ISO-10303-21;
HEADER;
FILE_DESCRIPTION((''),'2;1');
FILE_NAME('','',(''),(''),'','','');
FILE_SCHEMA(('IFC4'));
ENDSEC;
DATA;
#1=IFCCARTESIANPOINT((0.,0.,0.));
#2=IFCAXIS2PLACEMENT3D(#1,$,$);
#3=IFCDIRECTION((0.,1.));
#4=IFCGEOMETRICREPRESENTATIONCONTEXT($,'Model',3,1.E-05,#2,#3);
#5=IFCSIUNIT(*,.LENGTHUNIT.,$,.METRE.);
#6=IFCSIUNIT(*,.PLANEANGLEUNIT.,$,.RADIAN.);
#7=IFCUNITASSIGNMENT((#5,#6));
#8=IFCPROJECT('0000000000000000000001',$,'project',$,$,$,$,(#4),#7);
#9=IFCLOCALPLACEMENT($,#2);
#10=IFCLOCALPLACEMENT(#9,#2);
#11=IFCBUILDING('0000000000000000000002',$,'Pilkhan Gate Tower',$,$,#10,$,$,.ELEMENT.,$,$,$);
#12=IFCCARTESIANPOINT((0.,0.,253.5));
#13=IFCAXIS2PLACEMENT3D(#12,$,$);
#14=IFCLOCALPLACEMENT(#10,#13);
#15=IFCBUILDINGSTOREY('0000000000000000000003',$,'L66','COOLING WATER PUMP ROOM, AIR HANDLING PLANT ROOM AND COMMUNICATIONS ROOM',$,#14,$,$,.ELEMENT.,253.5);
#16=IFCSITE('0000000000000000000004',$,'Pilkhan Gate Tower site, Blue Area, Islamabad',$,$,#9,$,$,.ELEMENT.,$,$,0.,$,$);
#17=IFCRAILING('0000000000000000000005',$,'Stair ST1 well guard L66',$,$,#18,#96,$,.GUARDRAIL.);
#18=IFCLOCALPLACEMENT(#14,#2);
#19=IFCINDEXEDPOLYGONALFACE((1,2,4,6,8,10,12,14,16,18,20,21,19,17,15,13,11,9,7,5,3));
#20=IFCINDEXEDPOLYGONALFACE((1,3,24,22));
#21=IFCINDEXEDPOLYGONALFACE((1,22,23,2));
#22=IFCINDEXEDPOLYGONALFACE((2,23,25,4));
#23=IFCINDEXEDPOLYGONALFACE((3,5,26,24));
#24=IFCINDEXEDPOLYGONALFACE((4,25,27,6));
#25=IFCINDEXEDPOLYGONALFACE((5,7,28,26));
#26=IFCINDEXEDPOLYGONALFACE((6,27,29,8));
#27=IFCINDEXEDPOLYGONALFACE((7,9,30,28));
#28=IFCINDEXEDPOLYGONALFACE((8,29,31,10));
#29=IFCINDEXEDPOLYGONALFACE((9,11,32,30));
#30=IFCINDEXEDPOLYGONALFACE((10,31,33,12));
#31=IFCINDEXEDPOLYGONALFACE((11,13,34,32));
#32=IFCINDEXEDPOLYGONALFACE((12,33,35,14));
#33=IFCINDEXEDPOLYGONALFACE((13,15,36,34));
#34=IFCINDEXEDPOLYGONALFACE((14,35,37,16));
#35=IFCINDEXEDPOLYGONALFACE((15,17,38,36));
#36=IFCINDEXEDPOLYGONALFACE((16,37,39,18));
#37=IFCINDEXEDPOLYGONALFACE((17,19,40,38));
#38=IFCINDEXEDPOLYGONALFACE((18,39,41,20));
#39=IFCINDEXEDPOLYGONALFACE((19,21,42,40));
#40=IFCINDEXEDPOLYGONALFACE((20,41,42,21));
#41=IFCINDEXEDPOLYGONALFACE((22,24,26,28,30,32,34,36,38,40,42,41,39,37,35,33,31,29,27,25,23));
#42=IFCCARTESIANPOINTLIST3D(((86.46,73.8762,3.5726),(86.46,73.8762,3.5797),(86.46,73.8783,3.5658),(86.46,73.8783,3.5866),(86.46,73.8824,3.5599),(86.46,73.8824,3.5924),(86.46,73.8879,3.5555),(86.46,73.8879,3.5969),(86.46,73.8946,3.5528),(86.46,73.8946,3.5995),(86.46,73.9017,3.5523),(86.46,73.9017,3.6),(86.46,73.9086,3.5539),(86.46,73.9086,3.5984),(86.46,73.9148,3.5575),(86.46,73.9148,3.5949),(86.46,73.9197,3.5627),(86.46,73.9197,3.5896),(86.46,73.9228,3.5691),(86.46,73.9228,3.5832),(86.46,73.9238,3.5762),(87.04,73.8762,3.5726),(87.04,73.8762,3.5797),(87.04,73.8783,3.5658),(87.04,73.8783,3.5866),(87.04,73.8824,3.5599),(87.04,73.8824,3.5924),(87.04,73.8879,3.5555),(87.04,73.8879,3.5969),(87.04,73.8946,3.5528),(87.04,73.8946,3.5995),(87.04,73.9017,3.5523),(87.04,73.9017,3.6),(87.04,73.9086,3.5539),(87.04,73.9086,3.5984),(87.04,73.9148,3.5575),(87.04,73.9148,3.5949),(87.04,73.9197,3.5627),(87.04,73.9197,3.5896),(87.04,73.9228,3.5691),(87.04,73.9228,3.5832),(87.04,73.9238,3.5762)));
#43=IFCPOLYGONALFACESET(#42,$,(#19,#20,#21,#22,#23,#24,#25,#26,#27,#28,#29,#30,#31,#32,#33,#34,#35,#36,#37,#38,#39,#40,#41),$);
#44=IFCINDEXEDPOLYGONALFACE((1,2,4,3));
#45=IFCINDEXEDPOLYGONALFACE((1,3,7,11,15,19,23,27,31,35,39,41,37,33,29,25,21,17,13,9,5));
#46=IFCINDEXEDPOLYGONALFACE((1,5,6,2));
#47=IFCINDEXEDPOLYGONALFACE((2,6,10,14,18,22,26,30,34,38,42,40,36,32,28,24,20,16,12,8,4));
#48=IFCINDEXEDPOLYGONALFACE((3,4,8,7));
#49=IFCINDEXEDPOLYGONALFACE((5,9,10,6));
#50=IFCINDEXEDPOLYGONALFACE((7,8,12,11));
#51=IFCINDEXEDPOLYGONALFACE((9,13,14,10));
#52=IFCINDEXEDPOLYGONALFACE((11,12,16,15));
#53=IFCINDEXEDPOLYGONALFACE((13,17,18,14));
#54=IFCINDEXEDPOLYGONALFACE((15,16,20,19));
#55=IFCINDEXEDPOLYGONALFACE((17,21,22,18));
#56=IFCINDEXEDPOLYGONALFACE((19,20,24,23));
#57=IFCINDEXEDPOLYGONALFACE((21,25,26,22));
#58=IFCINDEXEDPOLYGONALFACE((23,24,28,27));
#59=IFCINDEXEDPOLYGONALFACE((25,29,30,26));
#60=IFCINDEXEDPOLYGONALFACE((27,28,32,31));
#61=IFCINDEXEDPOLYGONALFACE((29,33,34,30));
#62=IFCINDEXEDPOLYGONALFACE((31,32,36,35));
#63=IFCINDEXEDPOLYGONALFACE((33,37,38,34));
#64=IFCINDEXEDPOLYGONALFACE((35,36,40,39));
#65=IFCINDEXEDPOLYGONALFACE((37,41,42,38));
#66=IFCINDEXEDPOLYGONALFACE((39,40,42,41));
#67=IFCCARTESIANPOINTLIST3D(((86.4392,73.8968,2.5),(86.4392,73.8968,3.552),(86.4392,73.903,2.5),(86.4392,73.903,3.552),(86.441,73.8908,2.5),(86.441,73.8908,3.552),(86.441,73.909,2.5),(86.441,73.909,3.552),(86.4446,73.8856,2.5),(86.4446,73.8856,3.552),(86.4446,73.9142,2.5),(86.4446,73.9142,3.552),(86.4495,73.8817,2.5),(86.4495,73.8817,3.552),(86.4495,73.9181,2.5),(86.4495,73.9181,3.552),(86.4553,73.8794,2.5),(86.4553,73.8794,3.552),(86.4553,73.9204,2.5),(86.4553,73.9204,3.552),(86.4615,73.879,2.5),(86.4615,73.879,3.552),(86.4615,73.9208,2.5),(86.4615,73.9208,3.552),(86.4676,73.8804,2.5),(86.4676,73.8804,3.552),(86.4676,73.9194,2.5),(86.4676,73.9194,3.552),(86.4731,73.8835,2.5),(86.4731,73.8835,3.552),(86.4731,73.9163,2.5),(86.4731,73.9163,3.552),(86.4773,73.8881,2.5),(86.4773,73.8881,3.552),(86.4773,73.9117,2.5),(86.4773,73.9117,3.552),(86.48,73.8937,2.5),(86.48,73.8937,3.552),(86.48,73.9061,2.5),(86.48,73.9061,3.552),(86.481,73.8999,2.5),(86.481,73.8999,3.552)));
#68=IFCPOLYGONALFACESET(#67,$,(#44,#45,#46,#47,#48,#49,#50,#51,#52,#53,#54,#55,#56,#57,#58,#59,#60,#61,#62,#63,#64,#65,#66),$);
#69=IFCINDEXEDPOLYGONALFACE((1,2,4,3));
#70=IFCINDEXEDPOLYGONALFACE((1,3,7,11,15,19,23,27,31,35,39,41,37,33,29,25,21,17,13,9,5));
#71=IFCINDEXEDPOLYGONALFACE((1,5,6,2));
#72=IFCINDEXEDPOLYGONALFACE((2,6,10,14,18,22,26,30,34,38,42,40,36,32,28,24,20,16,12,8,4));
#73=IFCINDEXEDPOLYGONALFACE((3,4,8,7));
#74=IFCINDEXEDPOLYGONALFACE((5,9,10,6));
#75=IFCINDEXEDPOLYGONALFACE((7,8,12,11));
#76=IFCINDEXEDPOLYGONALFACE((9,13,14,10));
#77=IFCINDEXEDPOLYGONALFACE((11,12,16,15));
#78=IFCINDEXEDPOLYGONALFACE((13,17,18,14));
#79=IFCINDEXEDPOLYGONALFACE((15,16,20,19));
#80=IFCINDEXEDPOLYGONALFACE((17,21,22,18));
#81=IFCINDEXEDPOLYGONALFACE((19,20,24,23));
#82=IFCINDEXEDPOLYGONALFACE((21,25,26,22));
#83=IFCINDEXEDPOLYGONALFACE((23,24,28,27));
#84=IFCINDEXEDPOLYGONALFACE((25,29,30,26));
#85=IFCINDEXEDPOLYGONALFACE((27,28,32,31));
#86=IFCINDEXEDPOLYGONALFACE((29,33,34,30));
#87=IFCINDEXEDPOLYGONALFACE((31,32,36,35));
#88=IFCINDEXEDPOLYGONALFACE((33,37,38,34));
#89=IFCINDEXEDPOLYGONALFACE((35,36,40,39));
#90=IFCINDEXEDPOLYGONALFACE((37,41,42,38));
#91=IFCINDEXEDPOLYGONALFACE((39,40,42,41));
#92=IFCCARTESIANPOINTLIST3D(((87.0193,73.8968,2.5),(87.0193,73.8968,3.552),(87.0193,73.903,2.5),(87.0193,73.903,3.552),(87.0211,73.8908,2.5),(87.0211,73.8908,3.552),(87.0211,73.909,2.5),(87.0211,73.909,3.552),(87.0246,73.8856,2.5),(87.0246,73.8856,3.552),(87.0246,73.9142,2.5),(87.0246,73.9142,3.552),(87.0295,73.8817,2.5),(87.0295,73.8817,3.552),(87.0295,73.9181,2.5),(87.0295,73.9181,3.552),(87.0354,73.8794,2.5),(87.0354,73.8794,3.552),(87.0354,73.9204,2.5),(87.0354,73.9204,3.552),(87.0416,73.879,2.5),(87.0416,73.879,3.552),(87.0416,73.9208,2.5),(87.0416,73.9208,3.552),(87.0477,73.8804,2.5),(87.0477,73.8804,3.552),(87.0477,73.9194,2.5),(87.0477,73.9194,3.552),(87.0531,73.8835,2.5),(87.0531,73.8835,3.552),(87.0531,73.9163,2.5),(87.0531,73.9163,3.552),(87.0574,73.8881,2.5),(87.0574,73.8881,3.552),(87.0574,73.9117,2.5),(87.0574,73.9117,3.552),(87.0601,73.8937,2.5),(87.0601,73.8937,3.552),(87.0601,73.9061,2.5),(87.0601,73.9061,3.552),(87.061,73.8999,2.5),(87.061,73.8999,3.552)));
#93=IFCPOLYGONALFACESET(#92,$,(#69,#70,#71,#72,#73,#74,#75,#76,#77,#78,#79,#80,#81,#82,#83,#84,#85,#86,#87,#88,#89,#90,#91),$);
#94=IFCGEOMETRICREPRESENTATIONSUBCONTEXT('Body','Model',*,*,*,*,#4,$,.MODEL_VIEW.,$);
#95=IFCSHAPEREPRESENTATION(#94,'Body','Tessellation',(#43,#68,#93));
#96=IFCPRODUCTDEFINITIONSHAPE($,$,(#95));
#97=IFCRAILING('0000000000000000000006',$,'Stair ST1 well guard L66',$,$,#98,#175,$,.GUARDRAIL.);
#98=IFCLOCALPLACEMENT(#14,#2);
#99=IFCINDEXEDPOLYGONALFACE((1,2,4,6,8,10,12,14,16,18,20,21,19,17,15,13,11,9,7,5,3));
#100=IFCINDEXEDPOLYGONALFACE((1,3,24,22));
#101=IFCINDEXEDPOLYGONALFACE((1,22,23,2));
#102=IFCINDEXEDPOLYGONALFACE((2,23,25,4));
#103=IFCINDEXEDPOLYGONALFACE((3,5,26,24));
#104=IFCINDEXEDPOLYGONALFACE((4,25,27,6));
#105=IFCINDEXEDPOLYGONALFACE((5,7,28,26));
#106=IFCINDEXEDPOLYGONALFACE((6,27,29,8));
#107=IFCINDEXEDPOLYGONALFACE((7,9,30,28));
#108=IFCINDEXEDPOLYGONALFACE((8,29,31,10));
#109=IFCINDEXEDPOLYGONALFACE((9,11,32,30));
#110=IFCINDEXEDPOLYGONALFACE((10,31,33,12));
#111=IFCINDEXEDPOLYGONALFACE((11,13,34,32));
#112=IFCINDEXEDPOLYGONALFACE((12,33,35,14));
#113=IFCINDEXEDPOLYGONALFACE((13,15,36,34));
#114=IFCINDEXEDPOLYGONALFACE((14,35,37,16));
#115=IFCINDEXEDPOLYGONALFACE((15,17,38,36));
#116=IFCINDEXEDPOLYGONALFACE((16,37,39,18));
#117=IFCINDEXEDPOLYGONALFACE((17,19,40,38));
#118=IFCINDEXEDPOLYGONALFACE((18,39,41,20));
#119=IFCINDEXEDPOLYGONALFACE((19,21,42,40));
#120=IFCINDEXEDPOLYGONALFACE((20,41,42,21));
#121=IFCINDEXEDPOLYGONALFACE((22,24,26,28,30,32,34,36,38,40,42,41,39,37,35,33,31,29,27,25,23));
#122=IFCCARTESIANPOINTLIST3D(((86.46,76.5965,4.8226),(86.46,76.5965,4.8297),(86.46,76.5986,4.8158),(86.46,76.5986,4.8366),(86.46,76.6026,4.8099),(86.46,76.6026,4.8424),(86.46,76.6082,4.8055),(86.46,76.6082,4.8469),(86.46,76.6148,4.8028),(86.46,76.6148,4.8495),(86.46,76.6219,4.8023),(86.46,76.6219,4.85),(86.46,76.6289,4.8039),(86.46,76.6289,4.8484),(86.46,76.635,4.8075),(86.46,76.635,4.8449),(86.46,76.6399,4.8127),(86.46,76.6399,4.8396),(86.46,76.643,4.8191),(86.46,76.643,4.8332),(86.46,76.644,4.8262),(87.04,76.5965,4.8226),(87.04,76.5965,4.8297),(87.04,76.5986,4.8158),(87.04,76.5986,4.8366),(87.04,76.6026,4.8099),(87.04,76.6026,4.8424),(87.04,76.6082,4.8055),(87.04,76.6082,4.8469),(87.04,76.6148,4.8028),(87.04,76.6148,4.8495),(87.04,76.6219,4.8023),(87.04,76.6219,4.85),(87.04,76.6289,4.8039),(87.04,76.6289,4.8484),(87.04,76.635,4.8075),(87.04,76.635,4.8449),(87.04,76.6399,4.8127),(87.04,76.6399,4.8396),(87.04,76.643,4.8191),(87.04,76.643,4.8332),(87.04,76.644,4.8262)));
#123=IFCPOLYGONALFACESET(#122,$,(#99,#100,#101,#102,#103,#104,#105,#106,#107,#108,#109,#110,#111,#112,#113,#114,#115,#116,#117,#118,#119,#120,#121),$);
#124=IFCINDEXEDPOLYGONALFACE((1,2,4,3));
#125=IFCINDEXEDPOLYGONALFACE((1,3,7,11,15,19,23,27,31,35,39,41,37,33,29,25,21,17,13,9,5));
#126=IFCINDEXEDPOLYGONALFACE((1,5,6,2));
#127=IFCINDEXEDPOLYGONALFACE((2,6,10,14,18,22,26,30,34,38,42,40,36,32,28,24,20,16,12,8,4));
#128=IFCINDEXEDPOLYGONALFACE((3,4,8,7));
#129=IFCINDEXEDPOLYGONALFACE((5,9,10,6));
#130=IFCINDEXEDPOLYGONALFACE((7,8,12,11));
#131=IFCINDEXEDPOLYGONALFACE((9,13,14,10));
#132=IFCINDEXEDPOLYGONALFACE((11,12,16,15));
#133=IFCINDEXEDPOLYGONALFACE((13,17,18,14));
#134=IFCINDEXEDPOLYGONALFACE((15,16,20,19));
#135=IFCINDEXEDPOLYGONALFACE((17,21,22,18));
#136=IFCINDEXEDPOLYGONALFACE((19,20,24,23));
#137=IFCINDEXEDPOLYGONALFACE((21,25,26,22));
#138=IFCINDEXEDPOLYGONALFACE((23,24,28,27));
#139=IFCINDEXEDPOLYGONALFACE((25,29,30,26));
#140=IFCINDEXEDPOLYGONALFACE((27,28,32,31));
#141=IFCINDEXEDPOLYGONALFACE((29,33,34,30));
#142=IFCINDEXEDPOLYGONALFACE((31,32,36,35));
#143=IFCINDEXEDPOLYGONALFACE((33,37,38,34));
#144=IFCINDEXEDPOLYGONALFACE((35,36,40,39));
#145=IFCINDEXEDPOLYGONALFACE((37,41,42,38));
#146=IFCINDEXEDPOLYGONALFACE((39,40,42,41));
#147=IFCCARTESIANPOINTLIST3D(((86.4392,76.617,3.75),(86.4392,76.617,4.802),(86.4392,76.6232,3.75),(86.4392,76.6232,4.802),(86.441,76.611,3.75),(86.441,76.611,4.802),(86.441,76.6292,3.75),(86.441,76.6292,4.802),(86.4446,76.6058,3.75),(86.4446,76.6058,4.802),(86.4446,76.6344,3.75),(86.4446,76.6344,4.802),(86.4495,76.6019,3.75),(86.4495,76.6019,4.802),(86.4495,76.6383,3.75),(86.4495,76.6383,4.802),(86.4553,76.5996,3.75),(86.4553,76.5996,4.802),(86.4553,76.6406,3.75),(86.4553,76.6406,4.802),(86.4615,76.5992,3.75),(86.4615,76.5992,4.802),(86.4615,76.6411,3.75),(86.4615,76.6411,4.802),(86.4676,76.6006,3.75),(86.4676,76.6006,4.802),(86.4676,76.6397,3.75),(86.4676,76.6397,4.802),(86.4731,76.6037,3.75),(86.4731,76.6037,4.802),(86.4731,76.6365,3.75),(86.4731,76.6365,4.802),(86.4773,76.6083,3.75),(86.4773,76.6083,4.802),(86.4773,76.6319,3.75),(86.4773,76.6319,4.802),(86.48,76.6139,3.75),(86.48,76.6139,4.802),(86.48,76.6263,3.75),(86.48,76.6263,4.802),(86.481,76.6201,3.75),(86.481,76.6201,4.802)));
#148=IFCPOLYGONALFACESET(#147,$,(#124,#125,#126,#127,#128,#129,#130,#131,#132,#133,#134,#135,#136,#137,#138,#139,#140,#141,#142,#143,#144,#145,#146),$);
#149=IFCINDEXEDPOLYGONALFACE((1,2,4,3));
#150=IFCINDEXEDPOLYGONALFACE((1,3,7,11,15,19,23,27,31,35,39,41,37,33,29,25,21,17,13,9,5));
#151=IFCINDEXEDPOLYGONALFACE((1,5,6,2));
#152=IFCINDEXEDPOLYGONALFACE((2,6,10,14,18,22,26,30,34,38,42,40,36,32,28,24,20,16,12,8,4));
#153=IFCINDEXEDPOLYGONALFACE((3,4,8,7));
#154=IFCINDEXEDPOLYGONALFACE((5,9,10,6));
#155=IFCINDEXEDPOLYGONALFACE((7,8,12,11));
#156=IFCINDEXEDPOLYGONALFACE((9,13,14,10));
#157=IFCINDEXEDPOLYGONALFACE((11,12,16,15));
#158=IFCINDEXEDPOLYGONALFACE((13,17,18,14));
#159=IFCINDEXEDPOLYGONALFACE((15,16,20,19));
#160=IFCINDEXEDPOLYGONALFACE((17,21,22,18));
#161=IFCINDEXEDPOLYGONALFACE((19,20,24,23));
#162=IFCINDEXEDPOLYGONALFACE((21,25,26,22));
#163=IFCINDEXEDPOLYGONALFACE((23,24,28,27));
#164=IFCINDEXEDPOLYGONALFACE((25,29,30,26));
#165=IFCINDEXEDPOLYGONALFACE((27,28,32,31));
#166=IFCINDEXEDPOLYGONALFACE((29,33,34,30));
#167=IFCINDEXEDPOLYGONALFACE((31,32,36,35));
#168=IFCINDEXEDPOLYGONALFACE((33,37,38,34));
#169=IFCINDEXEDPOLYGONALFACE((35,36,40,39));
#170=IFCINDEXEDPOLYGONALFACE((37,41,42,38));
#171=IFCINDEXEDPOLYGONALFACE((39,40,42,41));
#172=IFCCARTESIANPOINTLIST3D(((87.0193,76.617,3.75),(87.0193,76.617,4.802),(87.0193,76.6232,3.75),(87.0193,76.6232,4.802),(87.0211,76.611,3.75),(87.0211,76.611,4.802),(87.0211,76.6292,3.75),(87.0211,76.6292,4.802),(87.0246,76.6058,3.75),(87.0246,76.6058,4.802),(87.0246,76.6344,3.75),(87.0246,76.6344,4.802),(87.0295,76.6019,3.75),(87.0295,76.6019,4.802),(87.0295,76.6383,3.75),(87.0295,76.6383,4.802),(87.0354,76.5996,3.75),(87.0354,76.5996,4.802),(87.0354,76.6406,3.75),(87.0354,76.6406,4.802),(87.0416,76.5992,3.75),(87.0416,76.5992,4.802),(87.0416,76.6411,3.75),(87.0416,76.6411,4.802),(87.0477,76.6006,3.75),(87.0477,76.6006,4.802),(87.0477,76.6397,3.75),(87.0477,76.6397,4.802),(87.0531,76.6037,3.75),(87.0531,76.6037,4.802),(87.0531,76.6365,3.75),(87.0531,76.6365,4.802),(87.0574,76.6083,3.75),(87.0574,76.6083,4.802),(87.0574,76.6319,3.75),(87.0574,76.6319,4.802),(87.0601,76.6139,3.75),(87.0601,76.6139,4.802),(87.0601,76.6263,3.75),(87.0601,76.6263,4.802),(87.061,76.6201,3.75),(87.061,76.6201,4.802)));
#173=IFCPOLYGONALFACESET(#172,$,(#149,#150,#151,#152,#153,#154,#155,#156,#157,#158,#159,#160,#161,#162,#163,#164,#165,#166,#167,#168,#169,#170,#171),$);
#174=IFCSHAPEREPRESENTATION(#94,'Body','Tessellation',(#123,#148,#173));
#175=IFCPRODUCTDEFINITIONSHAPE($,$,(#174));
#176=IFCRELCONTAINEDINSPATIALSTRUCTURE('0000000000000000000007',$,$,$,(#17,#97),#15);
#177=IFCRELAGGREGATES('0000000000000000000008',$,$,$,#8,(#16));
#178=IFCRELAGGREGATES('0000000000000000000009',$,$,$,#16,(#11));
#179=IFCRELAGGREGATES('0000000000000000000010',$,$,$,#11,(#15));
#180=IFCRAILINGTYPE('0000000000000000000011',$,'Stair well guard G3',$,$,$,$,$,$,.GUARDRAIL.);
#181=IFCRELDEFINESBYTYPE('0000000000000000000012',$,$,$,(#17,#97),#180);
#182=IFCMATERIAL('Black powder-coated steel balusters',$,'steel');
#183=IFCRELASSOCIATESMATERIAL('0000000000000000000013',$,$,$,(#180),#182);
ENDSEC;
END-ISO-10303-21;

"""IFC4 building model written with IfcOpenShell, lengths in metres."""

from ifc_helpers import new_model, si_unit, direction, frame, origin, origin_2d, place, context, subcontext, project, spatial, circle, extrude, material, type_object, element, save


model = new_model("IFC4")

# Units and contexts
model_context = context("Model", 3, precision=1e-05, world=origin(), true_north=direction((0.0, 1.0)))
body_context = subcontext(model_context, "Body", "Model", "MODEL_VIEW")
ifc_project = project(units=[si_unit("LENGTHUNIT", "METRE"), si_unit("PLANEANGLEUNIT", "RADIAN")], contexts=[model_context])

# Site, building, storey
site_placement = place(None, origin())
site = spatial("IfcSite", under=ifc_project, at=site_placement, Name="Pilkhan Gate Tower site, Blue Area, Islamabad", CompositionType="ELEMENT", RefElevation=0.0)
building_placement = place(site_placement, origin())
building = spatial("IfcBuilding", under=site, at=building_placement, Name="Pilkhan Gate Tower", CompositionType="ELEMENT")
storey_placement = place(building_placement, frame((0.0, 0.0, 253.5)))
storey = spatial("IfcBuildingStorey", under=building, at=storey_placement, Name="L66", Description="COOLING WATER PUMP ROOM, AIR HANDLING PLANT ROOM AND COMMUNICATIONS ROOM", CompositionType="ELEMENT", Elevation=253.5)

# Railings
ifc_material_1 = material(Name="Black powder-coated steel balusters", Category="steel")
railing_type_1 = type_object("IfcRailingType", Name="Stair well guard G3", PredefinedType="GUARDRAIL", material=ifc_material_1)
for number, where, name in (
    (1, (86.46, 73.8999, 2.5), "Stair ST1 well guard L66"),
    (2, (86.46, 76.6201, 3.75), "Stair ST1 well guard L66"),
):
    element("IfcRailing", number, at=place(storey_placement, frame(where)), inside=storey, type_object=railing_type_1, Name=name, PredefinedType="GUARDRAIL", context=body_context, shape_type="SweptSolid", body=[
        extrude(circle(Radius=0.0239, at=origin_2d()), frame((0.0, 0.0, 1.0762), z_axis=(1.0, 0.0, 0.0), x_axis=(0.0, 1.0, 0.0)), (0.0, 0.0, 1.0), 0.5801),
        extrude(circle(Radius=0.021, at=origin_2d()), origin(), (0.0, 0.0, 1.0), 1.052),
        extrude(circle(Radius=0.021, at=origin_2d()), frame((0.5801, 0.0, 0.0)), (0.0, 0.0, 1.0), 1.052),
    ])

save(model, "model.ifc")
